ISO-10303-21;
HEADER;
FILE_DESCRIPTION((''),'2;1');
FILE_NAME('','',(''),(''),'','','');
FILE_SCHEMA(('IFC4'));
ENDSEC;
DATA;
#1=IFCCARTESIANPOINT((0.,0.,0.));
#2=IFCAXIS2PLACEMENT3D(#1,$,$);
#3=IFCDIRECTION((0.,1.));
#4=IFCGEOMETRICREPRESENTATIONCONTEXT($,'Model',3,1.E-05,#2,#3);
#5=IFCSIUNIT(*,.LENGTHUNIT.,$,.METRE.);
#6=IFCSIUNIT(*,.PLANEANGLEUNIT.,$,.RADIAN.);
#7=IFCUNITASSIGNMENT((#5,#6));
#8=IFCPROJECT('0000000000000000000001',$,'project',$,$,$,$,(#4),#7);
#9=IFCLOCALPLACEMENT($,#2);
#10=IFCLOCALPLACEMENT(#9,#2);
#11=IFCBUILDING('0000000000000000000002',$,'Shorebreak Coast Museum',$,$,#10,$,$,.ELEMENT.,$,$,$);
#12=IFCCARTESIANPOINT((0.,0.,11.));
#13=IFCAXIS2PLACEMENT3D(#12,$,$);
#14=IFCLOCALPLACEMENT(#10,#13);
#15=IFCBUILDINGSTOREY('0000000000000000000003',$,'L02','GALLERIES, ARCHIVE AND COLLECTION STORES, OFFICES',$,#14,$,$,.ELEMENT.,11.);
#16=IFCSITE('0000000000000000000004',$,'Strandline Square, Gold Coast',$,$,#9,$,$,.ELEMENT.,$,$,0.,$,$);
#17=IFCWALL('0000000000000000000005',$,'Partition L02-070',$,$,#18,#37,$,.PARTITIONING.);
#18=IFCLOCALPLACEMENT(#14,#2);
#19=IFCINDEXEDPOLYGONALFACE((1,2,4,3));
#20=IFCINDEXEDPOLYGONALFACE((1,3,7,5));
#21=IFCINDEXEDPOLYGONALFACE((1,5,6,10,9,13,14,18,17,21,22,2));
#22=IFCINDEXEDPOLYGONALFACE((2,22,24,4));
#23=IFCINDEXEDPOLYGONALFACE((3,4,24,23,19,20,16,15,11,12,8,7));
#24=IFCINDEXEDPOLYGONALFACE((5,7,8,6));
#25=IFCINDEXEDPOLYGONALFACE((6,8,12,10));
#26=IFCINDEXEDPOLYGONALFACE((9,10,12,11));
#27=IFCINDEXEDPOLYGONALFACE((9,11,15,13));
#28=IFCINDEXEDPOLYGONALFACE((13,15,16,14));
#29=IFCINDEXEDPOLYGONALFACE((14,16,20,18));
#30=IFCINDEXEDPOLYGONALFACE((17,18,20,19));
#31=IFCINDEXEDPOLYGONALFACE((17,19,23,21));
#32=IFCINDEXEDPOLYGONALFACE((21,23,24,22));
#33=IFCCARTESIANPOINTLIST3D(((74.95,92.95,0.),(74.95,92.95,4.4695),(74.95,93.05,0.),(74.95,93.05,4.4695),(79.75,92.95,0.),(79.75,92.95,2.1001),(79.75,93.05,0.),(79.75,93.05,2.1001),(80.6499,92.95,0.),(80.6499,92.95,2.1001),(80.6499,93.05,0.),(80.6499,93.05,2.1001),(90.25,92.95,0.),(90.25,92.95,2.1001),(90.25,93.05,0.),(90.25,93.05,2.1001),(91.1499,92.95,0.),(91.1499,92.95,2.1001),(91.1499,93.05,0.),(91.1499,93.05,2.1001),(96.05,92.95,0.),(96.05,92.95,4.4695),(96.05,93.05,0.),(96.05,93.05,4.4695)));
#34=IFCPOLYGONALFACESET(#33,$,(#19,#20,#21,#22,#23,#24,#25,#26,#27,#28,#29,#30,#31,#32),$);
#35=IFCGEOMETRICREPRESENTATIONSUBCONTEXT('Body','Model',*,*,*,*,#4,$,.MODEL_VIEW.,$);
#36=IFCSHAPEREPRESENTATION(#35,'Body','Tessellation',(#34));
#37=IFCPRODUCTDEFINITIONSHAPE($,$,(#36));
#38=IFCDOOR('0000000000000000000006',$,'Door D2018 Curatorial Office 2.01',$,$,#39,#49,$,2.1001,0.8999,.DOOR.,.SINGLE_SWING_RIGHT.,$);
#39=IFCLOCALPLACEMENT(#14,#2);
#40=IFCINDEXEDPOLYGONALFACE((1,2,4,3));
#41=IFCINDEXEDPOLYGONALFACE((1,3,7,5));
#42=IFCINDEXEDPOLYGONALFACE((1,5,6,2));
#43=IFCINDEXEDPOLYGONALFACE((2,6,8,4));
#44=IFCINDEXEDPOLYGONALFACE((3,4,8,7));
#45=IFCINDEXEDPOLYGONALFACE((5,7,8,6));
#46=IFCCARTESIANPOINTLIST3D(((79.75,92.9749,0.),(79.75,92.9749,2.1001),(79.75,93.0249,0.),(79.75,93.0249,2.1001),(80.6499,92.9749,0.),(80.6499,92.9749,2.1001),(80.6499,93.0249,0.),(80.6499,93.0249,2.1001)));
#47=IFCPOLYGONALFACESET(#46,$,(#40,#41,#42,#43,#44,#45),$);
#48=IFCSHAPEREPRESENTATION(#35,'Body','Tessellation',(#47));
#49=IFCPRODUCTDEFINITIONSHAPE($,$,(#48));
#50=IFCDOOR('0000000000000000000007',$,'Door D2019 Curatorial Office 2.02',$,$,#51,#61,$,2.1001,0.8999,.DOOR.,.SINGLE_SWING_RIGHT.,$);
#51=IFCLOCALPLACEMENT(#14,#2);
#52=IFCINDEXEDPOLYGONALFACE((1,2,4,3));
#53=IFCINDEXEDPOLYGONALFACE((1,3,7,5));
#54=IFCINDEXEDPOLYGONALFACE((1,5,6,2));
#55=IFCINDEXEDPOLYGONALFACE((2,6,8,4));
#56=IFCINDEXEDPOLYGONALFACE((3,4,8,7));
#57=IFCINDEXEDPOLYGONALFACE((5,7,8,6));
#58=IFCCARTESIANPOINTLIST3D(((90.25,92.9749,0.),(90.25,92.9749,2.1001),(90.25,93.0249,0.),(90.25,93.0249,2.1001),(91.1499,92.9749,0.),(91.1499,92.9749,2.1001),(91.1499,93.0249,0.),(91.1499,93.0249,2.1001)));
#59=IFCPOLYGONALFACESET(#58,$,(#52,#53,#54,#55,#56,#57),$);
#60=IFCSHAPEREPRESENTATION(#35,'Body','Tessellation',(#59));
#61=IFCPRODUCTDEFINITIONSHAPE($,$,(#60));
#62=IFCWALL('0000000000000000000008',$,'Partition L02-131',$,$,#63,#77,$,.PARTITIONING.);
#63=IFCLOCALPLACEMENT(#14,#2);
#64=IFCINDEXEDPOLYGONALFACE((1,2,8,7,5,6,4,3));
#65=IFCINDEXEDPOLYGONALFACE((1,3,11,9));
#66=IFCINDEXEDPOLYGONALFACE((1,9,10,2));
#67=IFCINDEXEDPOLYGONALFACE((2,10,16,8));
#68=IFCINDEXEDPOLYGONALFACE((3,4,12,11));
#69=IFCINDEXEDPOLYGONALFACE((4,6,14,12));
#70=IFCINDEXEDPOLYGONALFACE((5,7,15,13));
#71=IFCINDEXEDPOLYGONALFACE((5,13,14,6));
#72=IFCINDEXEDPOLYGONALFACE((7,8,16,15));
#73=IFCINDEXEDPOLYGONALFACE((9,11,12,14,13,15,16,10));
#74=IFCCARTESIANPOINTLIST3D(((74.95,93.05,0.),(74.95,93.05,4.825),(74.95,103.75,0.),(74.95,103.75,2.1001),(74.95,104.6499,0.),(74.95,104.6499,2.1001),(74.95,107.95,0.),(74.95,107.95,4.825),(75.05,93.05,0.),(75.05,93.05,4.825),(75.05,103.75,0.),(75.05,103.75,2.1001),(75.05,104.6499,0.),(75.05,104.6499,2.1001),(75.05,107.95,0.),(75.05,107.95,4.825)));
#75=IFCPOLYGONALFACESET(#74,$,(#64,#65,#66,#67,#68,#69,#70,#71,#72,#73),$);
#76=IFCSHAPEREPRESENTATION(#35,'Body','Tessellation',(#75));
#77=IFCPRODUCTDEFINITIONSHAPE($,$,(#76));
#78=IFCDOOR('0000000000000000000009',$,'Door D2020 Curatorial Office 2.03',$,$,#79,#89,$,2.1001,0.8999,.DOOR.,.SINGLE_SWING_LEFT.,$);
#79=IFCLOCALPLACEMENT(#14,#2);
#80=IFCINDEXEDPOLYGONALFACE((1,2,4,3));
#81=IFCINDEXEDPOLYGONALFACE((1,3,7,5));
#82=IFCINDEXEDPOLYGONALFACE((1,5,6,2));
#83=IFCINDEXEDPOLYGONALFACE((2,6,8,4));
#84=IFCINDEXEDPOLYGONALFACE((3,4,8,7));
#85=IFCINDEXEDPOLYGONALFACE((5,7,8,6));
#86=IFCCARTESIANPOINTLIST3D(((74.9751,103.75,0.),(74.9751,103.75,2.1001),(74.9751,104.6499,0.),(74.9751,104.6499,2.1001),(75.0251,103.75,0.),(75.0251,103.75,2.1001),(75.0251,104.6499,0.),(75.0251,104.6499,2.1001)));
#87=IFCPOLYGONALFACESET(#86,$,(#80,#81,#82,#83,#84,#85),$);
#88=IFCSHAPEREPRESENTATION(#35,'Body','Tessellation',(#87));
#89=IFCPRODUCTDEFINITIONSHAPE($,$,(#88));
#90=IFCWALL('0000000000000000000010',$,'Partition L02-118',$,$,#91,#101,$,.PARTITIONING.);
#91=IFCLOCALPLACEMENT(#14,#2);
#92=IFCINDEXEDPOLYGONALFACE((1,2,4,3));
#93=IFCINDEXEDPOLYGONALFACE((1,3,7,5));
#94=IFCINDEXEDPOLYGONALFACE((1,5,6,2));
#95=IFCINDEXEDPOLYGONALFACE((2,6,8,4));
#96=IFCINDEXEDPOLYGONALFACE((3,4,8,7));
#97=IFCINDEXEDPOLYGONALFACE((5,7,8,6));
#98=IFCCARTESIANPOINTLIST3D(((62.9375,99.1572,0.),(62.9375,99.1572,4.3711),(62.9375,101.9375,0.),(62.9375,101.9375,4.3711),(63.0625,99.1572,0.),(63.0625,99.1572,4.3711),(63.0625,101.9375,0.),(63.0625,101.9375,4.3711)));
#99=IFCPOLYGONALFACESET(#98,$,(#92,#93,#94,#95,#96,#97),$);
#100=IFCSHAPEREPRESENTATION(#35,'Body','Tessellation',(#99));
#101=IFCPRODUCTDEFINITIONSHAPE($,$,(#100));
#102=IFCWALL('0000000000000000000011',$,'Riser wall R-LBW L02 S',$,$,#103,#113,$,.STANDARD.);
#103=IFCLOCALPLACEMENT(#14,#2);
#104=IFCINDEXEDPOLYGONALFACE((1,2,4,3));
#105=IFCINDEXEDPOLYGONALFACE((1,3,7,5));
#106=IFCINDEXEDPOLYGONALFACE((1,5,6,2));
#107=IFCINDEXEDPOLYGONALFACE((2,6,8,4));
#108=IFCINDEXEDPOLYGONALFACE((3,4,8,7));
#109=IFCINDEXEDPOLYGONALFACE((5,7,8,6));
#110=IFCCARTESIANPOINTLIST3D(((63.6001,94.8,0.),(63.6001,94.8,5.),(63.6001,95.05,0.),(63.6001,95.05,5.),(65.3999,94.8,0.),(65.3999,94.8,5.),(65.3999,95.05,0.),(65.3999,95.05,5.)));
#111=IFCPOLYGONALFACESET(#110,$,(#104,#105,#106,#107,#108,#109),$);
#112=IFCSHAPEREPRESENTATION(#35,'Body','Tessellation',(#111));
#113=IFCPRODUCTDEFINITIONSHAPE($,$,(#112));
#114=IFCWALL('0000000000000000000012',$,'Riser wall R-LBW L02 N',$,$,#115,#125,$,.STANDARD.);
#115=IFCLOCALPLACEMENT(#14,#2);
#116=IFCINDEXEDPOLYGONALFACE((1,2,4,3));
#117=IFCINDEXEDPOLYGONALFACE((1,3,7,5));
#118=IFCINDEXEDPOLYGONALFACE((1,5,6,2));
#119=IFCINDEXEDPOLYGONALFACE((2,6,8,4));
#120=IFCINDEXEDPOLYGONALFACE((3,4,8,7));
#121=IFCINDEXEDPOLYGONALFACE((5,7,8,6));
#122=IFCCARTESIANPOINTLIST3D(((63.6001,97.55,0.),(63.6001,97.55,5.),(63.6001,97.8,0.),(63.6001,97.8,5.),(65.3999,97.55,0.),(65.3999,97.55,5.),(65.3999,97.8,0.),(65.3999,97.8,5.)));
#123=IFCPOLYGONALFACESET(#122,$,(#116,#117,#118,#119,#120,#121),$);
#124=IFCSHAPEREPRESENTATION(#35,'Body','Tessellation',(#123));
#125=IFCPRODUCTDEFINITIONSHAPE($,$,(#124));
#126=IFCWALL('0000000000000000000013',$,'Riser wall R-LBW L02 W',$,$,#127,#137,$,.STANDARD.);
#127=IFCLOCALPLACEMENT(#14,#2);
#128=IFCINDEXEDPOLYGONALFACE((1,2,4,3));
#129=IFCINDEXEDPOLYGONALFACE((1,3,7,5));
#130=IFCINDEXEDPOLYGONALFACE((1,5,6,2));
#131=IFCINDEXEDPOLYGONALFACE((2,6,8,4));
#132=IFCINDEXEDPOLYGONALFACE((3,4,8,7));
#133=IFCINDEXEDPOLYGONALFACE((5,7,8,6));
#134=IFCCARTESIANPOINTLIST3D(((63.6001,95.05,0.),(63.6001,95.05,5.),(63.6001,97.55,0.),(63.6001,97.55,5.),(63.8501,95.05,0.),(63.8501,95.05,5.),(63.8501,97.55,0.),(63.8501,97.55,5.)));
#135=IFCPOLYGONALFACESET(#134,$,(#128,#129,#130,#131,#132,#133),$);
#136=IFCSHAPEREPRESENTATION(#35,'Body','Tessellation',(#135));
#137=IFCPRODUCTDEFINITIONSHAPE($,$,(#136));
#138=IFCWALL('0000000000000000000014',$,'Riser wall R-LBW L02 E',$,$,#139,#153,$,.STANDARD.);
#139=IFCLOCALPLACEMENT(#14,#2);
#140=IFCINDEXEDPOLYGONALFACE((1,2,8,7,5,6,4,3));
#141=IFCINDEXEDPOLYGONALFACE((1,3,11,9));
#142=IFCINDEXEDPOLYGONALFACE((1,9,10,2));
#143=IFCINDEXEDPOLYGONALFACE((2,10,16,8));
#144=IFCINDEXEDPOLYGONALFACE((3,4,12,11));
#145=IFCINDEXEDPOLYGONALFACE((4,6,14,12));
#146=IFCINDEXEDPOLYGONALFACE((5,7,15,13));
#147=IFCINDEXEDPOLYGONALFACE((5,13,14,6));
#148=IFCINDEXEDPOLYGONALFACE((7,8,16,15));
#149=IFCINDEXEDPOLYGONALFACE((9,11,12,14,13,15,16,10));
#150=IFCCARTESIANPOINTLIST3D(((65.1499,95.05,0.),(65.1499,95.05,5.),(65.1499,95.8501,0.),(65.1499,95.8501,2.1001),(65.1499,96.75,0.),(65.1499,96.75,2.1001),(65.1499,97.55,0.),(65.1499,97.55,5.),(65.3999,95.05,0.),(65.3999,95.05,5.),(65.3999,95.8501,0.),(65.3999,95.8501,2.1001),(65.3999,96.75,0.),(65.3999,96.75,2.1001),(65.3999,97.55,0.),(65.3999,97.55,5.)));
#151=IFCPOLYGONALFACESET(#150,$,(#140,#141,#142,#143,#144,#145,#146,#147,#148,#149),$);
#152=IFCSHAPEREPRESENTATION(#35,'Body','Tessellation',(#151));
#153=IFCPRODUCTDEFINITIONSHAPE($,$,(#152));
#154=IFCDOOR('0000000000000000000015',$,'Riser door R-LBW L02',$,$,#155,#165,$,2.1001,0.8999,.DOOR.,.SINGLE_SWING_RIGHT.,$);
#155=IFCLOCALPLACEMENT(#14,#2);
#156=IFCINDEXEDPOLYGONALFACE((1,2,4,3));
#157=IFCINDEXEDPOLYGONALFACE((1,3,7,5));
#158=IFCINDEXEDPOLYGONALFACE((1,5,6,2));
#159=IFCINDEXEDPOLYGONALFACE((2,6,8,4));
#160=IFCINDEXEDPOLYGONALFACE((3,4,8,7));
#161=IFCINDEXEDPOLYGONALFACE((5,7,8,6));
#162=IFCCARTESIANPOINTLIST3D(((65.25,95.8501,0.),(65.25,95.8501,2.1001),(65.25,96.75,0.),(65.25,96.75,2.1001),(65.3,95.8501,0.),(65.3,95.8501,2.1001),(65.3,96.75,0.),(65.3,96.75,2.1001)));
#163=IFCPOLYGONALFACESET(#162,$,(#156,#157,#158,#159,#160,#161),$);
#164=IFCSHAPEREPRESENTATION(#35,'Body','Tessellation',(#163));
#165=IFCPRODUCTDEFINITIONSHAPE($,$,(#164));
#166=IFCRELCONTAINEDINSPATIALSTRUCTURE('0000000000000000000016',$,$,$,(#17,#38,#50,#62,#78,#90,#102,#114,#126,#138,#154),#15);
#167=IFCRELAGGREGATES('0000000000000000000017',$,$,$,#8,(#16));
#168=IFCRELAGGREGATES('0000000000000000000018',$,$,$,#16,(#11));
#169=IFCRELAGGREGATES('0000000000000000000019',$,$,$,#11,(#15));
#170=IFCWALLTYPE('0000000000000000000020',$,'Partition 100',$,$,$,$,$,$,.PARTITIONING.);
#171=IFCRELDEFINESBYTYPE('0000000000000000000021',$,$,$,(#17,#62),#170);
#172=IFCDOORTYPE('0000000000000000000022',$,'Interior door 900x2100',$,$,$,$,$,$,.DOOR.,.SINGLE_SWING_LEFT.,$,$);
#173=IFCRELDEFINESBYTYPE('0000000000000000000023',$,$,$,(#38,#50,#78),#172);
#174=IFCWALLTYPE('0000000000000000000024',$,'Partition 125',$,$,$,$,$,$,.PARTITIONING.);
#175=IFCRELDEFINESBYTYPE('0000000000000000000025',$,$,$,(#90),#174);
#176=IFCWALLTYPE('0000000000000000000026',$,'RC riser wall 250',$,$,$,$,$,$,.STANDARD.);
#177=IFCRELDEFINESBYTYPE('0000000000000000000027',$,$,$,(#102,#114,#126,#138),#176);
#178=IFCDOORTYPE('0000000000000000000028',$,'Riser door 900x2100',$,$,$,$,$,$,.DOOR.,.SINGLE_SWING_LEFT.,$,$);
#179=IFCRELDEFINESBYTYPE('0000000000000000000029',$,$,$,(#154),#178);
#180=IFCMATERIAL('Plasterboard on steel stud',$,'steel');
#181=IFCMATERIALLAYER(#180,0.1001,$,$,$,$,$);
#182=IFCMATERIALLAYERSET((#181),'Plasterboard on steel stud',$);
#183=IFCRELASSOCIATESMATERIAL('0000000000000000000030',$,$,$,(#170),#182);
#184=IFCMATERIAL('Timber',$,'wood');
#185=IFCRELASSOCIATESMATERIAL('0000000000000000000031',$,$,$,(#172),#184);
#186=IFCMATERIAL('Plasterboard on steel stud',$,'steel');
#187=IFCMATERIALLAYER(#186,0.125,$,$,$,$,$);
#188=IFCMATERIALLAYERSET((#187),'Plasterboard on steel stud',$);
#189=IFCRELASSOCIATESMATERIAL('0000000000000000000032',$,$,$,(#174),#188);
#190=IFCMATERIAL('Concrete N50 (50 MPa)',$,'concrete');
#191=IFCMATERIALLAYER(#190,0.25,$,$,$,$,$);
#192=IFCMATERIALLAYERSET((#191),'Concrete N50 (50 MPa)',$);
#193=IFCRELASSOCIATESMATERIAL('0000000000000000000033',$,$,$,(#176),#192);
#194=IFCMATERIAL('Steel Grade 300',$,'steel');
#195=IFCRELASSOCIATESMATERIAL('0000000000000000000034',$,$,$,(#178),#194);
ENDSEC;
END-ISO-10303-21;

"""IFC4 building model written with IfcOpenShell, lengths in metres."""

from ifc_helpers import new_model, si_unit, direction, frame, frame_2d, origin, place, context, subcontext, project, spatial, rectangle, extrude, material, layer, layer_set, type_object, element, fill, save


model = new_model("IFC4")

# Units and contexts
model_context = context("Model", 3, precision=1e-05, world=origin(), true_north=direction((0.0, 1.0)))
body_context = subcontext(model_context, "Body", "Model", "MODEL_VIEW")
ifc_project = project(units=[si_unit("LENGTHUNIT", "METRE"), si_unit("PLANEANGLEUNIT", "RADIAN")], contexts=[model_context])

# Site, building, storey
site_placement = place(None, origin())
site = spatial("IfcSite", under=ifc_project, at=site_placement, Name="Strandline Square, Gold Coast", CompositionType="ELEMENT", RefElevation=0.0)
building_placement = place(site_placement, origin())
building = spatial("IfcBuilding", under=site, at=building_placement, Name="Shorebreak Coast Museum", CompositionType="ELEMENT")
storey_placement = place(building_placement, frame((0.0, 0.0, 11.0)))
storey = spatial("IfcBuildingStorey", under=building, at=storey_placement, Name="L02", Description="GALLERIES, ARCHIVE AND COLLECTION STORES, OFFICES", CompositionType="ELEMENT", Elevation=11.0)

# Wall, openings, doors
ifc_material_1 = material(Name="Plasterboard on steel stud", Category="steel")
ifc_layer_1 = layer(ifc_material_1, 0.1001)
ifc_layer_set_1 = layer_set([ifc_layer_1], Name="Plasterboard on steel stud")
wall_type_1 = type_object("IfcWallType", Name="Partition 100", PredefinedType="PARTITIONING", material=ifc_layer_set_1)
wall_1_placement = place(storey_placement, frame((74.95, 93.0, 0.0), z_axis=(0.0, 0.0, 1.0), x_axis=(1.0, 0.0, 0.0)))
wall_1 = element("IfcWall", 1, at=wall_1_placement, inside=storey, type_object=wall_type_1, Name="Partition L02-070", PredefinedType="PARTITIONING", context=body_context, shape_type="SweptSolid", body=[
    extrude(rectangle(XDim=21.1001, YDim=0.1001, at=frame_2d((10.55, 0.0))), origin(), (0.0, 0.0, 1.0), 4.4695),
])
opening_1_placement = place(wall_1_placement, frame((4.8, 0.0, 0.0)))
opening_1 = element("IfcOpeningElement", 2, at=opening_1_placement, cuts=wall_1, PredefinedType="OPENING", context=body_context, shape_type="SweptSolid", body=[
    extrude(rectangle(XDim=0.8999, YDim=2.1001, at=frame_2d((0.45, 1.05))), frame((0.0, 0.0601, 0.0), z_axis=(0.0, -1.0, 0.0), x_axis=(1.0, 0.0, 0.0)), (0.0, 0.0, 1.0), 0.1201),
])
opening_2_placement = place(wall_1_placement, frame((15.3, 0.0, 0.0)))
opening_2 = element("IfcOpeningElement", 3, at=opening_2_placement, cuts=wall_1, PredefinedType="OPENING", context=body_context, shape_type="SweptSolid", body=[
    extrude(rectangle(XDim=0.8999, YDim=2.1001, at=frame_2d((0.45, 1.05))), frame((0.0, 0.0601, 0.0), z_axis=(0.0, -1.0, 0.0), x_axis=(1.0, 0.0, 0.0)), (0.0, 0.0, 1.0), 0.1201),
])
ifc_material_2 = material(Name="Timber", Category="wood")
door_type_1 = type_object("IfcDoorType", Name="Interior door 900x2100", OperationType="SINGLE_SWING_LEFT", PredefinedType="DOOR", material=ifc_material_2)
door_1_placement = place(opening_1_placement, origin())
door_1 = element("IfcDoor", 4, at=door_1_placement, inside=storey, type_object=door_type_1, Name="Door D2018 Curatorial Office 2.01", OperationType="SINGLE_SWING_RIGHT", OverallHeight=2.1001, OverallWidth=0.8999, PredefinedType="DOOR", context=body_context, shape_type="SweptSolid", body=[
    extrude(rectangle(XDim=0.8999, YDim=2.1001, at=frame_2d((0.45, 1.05))), frame((0.0, 0.0249, 0.0), z_axis=(0.0, -1.0, 0.0), x_axis=(1.0, 0.0, 0.0)), (0.0, 0.0, 1.0), 0.05),
])
fill(opening_1, door_1)
door_2_placement = place(opening_2_placement, origin())
door_2 = element("IfcDoor", 5, at=door_2_placement, inside=storey, type_object=door_type_1, Name="Door D2019 Curatorial Office 2.02", OperationType="SINGLE_SWING_RIGHT", OverallHeight=2.1001, OverallWidth=0.8999, PredefinedType="DOOR", context=body_context, shape_type="SweptSolid", body=[
    extrude(rectangle(XDim=0.8999, YDim=2.1001, at=frame_2d((0.45, 1.05))), frame((0.0, 0.0249, 0.0), z_axis=(0.0, -1.0, 0.0), x_axis=(1.0, 0.0, 0.0)), (0.0, 0.0, 1.0), 0.05),
])
fill(opening_2, door_2)

# Wall, opening, door
wall_2_placement = place(storey_placement, frame((75.0, 93.05, 0.0), z_axis=(0.0, 0.0, 1.0), x_axis=(0.0, 1.0, 0.0)))
wall_2 = element("IfcWall", 6, at=wall_2_placement, inside=storey, type_object=wall_type_1, Name="Partition L02-131", PredefinedType="PARTITIONING", context=body_context, shape_type="SweptSolid", body=[
    extrude(rectangle(XDim=14.8999, YDim=0.1001, at=frame_2d((7.45, 0.0))), origin(), (0.0, 0.0, 1.0), 4.825),
])
opening_3_placement = place(wall_2_placement, frame((10.7, 0.0, 0.0)))
opening_3 = element("IfcOpeningElement", 7, at=opening_3_placement, cuts=wall_2, PredefinedType="OPENING", context=body_context, shape_type="SweptSolid", body=[
    extrude(rectangle(XDim=0.8999, YDim=2.1001, at=frame_2d((0.45, 1.05))), frame((0.0, 0.0601, 0.0), z_axis=(0.0, -1.0, 0.0), x_axis=(1.0, 0.0, 0.0)), (0.0, 0.0, 1.0), 0.1201),
])
door_3_placement = place(opening_3_placement, origin())
door_3 = element("IfcDoor", 8, at=door_3_placement, inside=storey, type_object=door_type_1, Name="Door D2020 Curatorial Office 2.03", OperationType="SINGLE_SWING_LEFT", OverallHeight=2.1001, OverallWidth=0.8999, PredefinedType="DOOR", context=body_context, shape_type="SweptSolid", body=[
    extrude(rectangle(XDim=0.8999, YDim=2.1001, at=frame_2d((0.45, 1.05))), frame((0.0, 0.0249, 0.0), z_axis=(0.0, -1.0, 0.0), x_axis=(1.0, 0.0, 0.0)), (0.0, 0.0, 1.0), 0.05),
])
fill(opening_3, door_3)

# Walls
ifc_material_3 = material(Name="Plasterboard on steel stud", Category="steel")
ifc_layer_2 = layer(ifc_material_3, 0.125)
ifc_layer_set_2 = layer_set([ifc_layer_2], Name="Plasterboard on steel stud")
wall_type_2 = type_object("IfcWallType", Name="Partition 125", PredefinedType="PARTITIONING", material=ifc_layer_set_2)
wall_3_placement = place(storey_placement, frame((63.0, 99.1572, 0.0), z_axis=(0.0, 0.0, 1.0), x_axis=(0.0, 1.0, 0.0)))
element("IfcWall", 9, at=wall_3_placement, inside=storey, type_object=wall_type_2, Name="Partition L02-118", PredefinedType="PARTITIONING", context=body_context, shape_type="SweptSolid", body=[
    extrude(rectangle(XDim=2.7803, YDim=0.125, at=frame_2d((1.3901, 0.0))), origin(), (0.0, 0.0, 1.0), 4.3711),
])
ifc_material_4 = material(Name="Concrete N50 (50 MPa)", Category="concrete")
ifc_layer_3 = layer(ifc_material_4, 0.25)
ifc_layer_set_3 = layer_set([ifc_layer_3], Name="Concrete N50 (50 MPa)")
wall_type_3 = type_object("IfcWallType", Name="RC riser wall 250", PredefinedType="STANDARD", material=ifc_layer_set_3)
for number, where, z_axis, x_axis, name in (
    (10, (63.6001, 94.925, 0.0), (0.0, 0.0, 1.0), (1.0, 0.0, 0.0), "Riser wall R-LBW L02 S"),
    (11, (63.6001, 97.675, 0.0), (0.0, 0.0, 1.0), (1.0, 0.0, 0.0), "Riser wall R-LBW L02 N"),
):
    element("IfcWall", number, at=place(storey_placement, frame(where, z_axis=z_axis, x_axis=x_axis)), inside=storey, type_object=wall_type_3, Name=name, PredefinedType="STANDARD", context=body_context, shape_type="SweptSolid", body=[
        extrude(rectangle(XDim=1.7998, YDim=0.25, at=frame_2d((0.8999, 0.0))), origin(), (0.0, 0.0, 1.0), 5.0),
    ])
wall_4_placement = place(storey_placement, frame((63.7251, 95.05, 0.0), z_axis=(0.0, 0.0, 1.0), x_axis=(0.0, 1.0, 0.0)))
element("IfcWall", 12, at=wall_4_placement, inside=storey, type_object=wall_type_3, Name="Riser wall R-LBW L02 W", PredefinedType="STANDARD", context=body_context, shape_type="SweptSolid", body=[
    extrude(rectangle(XDim=2.5, YDim=0.25, at=frame_2d((1.25, 0.0))), origin(), (0.0, 0.0, 1.0), 5.0),
])

# Wall, opening, door
wall_5_placement = place(storey_placement, frame((65.2749, 95.05, 0.0), z_axis=(0.0, 0.0, 1.0), x_axis=(0.0, 1.0, 0.0)))
wall_5 = element("IfcWall", 13, at=wall_5_placement, inside=storey, type_object=wall_type_3, Name="Riser wall R-LBW L02 E", PredefinedType="STANDARD", context=body_context, shape_type="SweptSolid", body=[
    extrude(rectangle(XDim=2.5, YDim=0.25, at=frame_2d((1.25, 0.0))), origin(), (0.0, 0.0, 1.0), 5.0),
])
opening_4_placement = place(wall_5_placement, frame((0.8, 0.0, 0.0)))
opening_4 = element("IfcOpeningElement", 14, at=opening_4_placement, cuts=wall_5, PredefinedType="OPENING", context=body_context, shape_type="SweptSolid", body=[
    extrude(rectangle(XDim=0.8999, YDim=2.1001, at=frame_2d((0.45, 1.05))), frame((0.0, 0.135, 0.0), z_axis=(0.0, -1.0, 0.0), x_axis=(1.0, 0.0, 0.0)), (0.0, 0.0, 1.0), 0.27),
])
ifc_material_5 = material(Name="Steel Grade 300", Category="steel")
door_type_2 = type_object("IfcDoorType", Name="Riser door 900x2100", OperationType="SINGLE_SWING_LEFT", PredefinedType="DOOR", material=ifc_material_5)
door_4_placement = place(opening_4_placement, origin())
door_4 = element("IfcDoor", 15, at=door_4_placement, inside=storey, type_object=door_type_2, Name="Riser door R-LBW L02", OperationType="SINGLE_SWING_RIGHT", OverallHeight=2.1001, OverallWidth=0.8999, PredefinedType="DOOR", context=body_context, shape_type="SweptSolid", body=[
    extrude(rectangle(XDim=0.8999, YDim=2.1001, at=frame_2d((0.45, 1.05))), frame((0.0, 0.0249, 0.0), z_axis=(0.0, -1.0, 0.0), x_axis=(1.0, 0.0, 0.0)), (0.0, 0.0, 1.0), 0.05),
])
fill(opening_4, door_4)

save(model, "model.ifc")
